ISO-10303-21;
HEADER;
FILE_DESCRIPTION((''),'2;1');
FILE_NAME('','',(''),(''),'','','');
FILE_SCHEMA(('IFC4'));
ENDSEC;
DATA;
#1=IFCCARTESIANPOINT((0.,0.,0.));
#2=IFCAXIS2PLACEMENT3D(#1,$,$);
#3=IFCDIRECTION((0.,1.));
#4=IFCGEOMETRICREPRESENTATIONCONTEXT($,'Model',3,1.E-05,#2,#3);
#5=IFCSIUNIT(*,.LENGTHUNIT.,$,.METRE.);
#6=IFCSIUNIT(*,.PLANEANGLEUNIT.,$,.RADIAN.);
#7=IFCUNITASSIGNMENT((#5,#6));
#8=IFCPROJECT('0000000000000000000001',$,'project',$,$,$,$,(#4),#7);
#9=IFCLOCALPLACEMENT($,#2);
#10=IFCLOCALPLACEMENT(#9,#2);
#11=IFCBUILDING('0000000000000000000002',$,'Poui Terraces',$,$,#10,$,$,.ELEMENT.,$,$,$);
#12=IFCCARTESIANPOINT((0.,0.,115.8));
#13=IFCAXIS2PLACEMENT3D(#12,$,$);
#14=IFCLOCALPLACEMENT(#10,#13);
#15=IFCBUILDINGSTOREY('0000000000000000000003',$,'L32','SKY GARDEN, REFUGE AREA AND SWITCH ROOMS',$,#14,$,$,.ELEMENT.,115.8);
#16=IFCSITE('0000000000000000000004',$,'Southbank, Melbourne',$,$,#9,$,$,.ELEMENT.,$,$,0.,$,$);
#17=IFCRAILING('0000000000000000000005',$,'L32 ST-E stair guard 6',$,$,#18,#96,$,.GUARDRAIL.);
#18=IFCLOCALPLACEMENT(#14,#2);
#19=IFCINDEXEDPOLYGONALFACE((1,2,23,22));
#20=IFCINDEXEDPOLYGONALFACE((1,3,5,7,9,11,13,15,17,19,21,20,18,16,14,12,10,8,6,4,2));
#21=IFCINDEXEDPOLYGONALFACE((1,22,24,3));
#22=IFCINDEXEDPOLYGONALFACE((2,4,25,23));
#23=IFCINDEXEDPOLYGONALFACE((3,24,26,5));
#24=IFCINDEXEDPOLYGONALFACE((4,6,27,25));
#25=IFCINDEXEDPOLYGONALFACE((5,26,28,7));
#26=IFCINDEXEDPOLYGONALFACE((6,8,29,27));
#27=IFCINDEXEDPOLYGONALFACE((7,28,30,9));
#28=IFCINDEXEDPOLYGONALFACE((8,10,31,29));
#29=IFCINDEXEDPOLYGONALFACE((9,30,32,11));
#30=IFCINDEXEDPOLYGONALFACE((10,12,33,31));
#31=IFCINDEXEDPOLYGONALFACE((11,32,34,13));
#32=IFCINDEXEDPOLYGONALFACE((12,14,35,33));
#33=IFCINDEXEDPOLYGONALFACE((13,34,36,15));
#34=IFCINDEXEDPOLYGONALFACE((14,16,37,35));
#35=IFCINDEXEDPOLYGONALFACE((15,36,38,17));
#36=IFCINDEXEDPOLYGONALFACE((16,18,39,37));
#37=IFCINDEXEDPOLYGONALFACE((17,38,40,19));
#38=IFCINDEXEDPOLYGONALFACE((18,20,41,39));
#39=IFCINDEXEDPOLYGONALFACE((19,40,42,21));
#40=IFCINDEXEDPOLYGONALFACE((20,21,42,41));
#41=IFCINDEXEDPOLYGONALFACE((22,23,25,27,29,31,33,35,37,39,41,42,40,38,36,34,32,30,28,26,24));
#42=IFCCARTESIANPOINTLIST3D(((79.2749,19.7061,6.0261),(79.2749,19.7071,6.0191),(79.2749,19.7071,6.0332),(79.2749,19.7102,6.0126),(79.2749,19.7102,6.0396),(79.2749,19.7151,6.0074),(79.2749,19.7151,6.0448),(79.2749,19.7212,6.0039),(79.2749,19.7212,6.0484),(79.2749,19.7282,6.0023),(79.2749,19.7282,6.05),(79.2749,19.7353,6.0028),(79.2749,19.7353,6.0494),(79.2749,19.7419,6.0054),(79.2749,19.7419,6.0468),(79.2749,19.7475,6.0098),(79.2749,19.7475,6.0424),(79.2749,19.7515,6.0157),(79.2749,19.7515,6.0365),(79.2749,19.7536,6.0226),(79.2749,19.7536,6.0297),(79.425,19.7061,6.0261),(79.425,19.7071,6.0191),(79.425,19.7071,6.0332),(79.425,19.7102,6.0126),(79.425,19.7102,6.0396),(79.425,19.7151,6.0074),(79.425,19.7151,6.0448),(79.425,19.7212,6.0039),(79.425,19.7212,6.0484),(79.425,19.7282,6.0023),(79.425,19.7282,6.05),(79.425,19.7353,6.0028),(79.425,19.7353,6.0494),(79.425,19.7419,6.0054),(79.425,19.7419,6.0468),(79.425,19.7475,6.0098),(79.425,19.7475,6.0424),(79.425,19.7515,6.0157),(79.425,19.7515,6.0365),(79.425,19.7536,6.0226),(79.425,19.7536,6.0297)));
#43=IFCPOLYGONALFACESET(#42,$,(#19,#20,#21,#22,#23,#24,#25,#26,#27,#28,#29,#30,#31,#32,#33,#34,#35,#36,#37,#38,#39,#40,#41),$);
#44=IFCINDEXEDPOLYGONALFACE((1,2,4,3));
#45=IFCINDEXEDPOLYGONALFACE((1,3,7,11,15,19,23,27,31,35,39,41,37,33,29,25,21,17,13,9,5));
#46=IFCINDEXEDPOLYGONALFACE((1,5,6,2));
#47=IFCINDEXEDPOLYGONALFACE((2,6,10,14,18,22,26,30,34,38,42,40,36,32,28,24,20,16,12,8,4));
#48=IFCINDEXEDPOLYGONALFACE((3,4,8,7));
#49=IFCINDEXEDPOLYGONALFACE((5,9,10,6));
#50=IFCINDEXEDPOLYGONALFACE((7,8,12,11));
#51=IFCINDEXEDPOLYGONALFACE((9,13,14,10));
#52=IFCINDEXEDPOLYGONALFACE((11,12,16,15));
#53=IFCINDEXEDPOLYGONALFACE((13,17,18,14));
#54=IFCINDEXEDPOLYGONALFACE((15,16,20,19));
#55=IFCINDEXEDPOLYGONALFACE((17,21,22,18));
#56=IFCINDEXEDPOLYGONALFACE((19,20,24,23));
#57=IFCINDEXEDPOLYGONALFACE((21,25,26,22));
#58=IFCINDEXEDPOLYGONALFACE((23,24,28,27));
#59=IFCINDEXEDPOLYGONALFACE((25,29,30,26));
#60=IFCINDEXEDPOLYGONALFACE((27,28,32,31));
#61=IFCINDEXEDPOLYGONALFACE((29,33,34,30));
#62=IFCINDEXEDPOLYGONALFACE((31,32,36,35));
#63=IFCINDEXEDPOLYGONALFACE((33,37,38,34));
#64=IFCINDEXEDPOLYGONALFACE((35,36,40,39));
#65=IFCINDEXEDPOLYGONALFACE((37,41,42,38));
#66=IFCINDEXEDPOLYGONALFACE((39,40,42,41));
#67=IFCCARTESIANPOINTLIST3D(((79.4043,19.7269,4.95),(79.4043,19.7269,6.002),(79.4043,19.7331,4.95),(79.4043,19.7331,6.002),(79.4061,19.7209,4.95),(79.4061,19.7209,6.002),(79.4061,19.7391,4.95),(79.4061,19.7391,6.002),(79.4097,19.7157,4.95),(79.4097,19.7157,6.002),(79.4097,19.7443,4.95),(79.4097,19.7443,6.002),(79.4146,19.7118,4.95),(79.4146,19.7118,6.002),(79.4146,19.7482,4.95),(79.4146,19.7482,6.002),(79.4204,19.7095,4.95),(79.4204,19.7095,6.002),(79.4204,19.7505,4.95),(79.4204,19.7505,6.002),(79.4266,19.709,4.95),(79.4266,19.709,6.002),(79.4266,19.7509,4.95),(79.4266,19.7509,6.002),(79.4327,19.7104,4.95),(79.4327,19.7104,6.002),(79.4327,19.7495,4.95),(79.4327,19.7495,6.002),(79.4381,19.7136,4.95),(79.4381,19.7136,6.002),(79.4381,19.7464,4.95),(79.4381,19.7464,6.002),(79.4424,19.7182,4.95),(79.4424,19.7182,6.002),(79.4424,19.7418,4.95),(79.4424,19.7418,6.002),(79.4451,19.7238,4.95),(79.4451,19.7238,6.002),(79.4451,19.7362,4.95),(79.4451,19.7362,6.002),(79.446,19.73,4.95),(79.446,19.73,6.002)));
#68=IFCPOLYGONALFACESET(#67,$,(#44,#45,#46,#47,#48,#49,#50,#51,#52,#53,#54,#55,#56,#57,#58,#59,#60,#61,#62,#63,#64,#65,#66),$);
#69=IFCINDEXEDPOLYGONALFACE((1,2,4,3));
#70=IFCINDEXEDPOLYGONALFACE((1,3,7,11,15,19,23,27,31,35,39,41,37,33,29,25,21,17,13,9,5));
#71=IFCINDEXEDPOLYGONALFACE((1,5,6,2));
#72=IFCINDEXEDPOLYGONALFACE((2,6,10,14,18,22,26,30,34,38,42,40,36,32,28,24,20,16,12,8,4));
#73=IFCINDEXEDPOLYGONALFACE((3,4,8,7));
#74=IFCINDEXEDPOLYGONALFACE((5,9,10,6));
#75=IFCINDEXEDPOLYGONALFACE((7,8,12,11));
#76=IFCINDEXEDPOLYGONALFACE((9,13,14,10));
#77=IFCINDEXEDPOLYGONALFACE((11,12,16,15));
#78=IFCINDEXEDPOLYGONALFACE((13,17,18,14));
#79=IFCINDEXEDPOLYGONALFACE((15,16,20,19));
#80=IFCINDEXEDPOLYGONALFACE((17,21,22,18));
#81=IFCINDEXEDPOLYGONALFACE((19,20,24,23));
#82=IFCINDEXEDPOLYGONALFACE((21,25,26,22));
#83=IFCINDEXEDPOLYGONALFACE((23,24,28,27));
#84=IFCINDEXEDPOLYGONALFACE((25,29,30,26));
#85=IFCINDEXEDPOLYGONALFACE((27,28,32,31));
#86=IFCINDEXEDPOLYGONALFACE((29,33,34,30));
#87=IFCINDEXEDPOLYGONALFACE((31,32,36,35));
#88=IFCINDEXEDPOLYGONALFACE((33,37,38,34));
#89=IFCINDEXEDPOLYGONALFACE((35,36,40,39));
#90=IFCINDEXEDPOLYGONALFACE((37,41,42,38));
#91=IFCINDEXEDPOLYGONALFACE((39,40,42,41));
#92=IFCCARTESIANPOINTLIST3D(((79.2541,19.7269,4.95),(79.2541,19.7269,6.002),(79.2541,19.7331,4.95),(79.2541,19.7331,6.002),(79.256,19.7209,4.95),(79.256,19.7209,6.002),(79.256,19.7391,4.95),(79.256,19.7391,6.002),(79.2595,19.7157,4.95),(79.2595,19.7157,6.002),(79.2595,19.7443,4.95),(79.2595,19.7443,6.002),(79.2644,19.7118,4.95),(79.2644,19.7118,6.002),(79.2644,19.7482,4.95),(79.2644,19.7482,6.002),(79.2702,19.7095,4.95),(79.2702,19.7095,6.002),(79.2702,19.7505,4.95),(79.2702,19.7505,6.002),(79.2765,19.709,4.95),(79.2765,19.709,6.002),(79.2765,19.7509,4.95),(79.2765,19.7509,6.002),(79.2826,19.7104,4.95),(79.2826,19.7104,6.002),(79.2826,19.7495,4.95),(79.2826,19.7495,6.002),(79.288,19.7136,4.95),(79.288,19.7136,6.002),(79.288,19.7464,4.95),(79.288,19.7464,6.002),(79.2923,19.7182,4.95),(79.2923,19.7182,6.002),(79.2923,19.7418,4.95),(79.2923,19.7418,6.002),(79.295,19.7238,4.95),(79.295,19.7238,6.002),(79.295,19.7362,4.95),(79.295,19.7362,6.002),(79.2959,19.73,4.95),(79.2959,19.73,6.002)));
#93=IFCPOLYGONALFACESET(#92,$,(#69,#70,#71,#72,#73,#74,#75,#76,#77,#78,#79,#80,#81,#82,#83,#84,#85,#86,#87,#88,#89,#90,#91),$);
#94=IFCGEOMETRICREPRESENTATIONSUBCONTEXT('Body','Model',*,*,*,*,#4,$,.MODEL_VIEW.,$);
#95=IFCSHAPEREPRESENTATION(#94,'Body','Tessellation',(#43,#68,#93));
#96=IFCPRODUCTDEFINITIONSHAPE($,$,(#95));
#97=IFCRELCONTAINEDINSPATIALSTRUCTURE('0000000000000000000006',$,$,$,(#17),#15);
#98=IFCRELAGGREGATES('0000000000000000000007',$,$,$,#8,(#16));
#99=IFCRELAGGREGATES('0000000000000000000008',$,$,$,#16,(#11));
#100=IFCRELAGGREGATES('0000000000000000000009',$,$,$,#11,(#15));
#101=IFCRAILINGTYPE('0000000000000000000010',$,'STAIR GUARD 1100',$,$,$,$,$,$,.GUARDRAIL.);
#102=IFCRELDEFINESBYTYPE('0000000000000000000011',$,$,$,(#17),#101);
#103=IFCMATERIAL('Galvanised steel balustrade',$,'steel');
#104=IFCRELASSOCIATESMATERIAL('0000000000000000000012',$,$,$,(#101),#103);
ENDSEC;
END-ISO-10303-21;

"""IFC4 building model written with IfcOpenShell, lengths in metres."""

from ifc_helpers import new_model, si_unit, direction, frame, origin, origin_2d, place, context, subcontext, project, spatial, circle, extrude, material, type_object, element, save


model = new_model("IFC4")

# Units and contexts
model_context = context("Model", 3, precision=1e-05, world=origin(), true_north=direction((0.0, 1.0)))
body_context = subcontext(model_context, "Body", "Model", "MODEL_VIEW")
ifc_project = project(units=[si_unit("LENGTHUNIT", "METRE"), si_unit("PLANEANGLEUNIT", "RADIAN")], contexts=[model_context])

# Site, building, storey
site_placement = place(None, origin())
site = spatial("IfcSite", under=ifc_project, at=site_placement, Name="Southbank, Melbourne", CompositionType="ELEMENT", RefElevation=0.0)
building_placement = place(site_placement, origin())
building = spatial("IfcBuilding", under=site, at=building_placement, Name="Poui Terraces", CompositionType="ELEMENT")
storey_placement = place(building_placement, frame((0.0, 0.0, 115.8)))
storey = spatial("IfcBuildingStorey", under=building, at=storey_placement, Name="L32", Description="SKY GARDEN, REFUGE AREA AND SWITCH ROOMS", CompositionType="ELEMENT", Elevation=115.8)

# Railing
ifc_material_1 = material(Name="Galvanised steel balustrade", Category="steel")
railing_type_1 = type_object("IfcRailingType", Name="STAIR GUARD 1100", PredefinedType="GUARDRAIL", material=ifc_material_1)
railing_1_placement = place(storey_placement, frame((79.425, 19.73, 4.95)))
element("IfcRailing", 1, at=railing_1_placement, inside=storey, type_object=railing_type_1, Name="L32 ST-E stair guard 6", PredefinedType="GUARDRAIL", context=body_context, shape_type="SweptSolid", body=[
    extrude(circle(Radius=0.0239, at=origin_2d()), frame((0.0, 0.0, 1.0762), z_axis=(-1.0, 0.0, 0.0), x_axis=(0.0, -1.0, 0.0)), (0.0, 0.0, 1.0), 0.1501),
    extrude(circle(Radius=0.021, at=origin_2d()), origin(), (0.0, 0.0, 1.0), 1.052),
    extrude(circle(Radius=0.021, at=origin_2d()), frame((-0.1501, 0.0, 0.0)), (0.0, 0.0, 1.0), 1.052),
])

save(model, "model.ifc")
